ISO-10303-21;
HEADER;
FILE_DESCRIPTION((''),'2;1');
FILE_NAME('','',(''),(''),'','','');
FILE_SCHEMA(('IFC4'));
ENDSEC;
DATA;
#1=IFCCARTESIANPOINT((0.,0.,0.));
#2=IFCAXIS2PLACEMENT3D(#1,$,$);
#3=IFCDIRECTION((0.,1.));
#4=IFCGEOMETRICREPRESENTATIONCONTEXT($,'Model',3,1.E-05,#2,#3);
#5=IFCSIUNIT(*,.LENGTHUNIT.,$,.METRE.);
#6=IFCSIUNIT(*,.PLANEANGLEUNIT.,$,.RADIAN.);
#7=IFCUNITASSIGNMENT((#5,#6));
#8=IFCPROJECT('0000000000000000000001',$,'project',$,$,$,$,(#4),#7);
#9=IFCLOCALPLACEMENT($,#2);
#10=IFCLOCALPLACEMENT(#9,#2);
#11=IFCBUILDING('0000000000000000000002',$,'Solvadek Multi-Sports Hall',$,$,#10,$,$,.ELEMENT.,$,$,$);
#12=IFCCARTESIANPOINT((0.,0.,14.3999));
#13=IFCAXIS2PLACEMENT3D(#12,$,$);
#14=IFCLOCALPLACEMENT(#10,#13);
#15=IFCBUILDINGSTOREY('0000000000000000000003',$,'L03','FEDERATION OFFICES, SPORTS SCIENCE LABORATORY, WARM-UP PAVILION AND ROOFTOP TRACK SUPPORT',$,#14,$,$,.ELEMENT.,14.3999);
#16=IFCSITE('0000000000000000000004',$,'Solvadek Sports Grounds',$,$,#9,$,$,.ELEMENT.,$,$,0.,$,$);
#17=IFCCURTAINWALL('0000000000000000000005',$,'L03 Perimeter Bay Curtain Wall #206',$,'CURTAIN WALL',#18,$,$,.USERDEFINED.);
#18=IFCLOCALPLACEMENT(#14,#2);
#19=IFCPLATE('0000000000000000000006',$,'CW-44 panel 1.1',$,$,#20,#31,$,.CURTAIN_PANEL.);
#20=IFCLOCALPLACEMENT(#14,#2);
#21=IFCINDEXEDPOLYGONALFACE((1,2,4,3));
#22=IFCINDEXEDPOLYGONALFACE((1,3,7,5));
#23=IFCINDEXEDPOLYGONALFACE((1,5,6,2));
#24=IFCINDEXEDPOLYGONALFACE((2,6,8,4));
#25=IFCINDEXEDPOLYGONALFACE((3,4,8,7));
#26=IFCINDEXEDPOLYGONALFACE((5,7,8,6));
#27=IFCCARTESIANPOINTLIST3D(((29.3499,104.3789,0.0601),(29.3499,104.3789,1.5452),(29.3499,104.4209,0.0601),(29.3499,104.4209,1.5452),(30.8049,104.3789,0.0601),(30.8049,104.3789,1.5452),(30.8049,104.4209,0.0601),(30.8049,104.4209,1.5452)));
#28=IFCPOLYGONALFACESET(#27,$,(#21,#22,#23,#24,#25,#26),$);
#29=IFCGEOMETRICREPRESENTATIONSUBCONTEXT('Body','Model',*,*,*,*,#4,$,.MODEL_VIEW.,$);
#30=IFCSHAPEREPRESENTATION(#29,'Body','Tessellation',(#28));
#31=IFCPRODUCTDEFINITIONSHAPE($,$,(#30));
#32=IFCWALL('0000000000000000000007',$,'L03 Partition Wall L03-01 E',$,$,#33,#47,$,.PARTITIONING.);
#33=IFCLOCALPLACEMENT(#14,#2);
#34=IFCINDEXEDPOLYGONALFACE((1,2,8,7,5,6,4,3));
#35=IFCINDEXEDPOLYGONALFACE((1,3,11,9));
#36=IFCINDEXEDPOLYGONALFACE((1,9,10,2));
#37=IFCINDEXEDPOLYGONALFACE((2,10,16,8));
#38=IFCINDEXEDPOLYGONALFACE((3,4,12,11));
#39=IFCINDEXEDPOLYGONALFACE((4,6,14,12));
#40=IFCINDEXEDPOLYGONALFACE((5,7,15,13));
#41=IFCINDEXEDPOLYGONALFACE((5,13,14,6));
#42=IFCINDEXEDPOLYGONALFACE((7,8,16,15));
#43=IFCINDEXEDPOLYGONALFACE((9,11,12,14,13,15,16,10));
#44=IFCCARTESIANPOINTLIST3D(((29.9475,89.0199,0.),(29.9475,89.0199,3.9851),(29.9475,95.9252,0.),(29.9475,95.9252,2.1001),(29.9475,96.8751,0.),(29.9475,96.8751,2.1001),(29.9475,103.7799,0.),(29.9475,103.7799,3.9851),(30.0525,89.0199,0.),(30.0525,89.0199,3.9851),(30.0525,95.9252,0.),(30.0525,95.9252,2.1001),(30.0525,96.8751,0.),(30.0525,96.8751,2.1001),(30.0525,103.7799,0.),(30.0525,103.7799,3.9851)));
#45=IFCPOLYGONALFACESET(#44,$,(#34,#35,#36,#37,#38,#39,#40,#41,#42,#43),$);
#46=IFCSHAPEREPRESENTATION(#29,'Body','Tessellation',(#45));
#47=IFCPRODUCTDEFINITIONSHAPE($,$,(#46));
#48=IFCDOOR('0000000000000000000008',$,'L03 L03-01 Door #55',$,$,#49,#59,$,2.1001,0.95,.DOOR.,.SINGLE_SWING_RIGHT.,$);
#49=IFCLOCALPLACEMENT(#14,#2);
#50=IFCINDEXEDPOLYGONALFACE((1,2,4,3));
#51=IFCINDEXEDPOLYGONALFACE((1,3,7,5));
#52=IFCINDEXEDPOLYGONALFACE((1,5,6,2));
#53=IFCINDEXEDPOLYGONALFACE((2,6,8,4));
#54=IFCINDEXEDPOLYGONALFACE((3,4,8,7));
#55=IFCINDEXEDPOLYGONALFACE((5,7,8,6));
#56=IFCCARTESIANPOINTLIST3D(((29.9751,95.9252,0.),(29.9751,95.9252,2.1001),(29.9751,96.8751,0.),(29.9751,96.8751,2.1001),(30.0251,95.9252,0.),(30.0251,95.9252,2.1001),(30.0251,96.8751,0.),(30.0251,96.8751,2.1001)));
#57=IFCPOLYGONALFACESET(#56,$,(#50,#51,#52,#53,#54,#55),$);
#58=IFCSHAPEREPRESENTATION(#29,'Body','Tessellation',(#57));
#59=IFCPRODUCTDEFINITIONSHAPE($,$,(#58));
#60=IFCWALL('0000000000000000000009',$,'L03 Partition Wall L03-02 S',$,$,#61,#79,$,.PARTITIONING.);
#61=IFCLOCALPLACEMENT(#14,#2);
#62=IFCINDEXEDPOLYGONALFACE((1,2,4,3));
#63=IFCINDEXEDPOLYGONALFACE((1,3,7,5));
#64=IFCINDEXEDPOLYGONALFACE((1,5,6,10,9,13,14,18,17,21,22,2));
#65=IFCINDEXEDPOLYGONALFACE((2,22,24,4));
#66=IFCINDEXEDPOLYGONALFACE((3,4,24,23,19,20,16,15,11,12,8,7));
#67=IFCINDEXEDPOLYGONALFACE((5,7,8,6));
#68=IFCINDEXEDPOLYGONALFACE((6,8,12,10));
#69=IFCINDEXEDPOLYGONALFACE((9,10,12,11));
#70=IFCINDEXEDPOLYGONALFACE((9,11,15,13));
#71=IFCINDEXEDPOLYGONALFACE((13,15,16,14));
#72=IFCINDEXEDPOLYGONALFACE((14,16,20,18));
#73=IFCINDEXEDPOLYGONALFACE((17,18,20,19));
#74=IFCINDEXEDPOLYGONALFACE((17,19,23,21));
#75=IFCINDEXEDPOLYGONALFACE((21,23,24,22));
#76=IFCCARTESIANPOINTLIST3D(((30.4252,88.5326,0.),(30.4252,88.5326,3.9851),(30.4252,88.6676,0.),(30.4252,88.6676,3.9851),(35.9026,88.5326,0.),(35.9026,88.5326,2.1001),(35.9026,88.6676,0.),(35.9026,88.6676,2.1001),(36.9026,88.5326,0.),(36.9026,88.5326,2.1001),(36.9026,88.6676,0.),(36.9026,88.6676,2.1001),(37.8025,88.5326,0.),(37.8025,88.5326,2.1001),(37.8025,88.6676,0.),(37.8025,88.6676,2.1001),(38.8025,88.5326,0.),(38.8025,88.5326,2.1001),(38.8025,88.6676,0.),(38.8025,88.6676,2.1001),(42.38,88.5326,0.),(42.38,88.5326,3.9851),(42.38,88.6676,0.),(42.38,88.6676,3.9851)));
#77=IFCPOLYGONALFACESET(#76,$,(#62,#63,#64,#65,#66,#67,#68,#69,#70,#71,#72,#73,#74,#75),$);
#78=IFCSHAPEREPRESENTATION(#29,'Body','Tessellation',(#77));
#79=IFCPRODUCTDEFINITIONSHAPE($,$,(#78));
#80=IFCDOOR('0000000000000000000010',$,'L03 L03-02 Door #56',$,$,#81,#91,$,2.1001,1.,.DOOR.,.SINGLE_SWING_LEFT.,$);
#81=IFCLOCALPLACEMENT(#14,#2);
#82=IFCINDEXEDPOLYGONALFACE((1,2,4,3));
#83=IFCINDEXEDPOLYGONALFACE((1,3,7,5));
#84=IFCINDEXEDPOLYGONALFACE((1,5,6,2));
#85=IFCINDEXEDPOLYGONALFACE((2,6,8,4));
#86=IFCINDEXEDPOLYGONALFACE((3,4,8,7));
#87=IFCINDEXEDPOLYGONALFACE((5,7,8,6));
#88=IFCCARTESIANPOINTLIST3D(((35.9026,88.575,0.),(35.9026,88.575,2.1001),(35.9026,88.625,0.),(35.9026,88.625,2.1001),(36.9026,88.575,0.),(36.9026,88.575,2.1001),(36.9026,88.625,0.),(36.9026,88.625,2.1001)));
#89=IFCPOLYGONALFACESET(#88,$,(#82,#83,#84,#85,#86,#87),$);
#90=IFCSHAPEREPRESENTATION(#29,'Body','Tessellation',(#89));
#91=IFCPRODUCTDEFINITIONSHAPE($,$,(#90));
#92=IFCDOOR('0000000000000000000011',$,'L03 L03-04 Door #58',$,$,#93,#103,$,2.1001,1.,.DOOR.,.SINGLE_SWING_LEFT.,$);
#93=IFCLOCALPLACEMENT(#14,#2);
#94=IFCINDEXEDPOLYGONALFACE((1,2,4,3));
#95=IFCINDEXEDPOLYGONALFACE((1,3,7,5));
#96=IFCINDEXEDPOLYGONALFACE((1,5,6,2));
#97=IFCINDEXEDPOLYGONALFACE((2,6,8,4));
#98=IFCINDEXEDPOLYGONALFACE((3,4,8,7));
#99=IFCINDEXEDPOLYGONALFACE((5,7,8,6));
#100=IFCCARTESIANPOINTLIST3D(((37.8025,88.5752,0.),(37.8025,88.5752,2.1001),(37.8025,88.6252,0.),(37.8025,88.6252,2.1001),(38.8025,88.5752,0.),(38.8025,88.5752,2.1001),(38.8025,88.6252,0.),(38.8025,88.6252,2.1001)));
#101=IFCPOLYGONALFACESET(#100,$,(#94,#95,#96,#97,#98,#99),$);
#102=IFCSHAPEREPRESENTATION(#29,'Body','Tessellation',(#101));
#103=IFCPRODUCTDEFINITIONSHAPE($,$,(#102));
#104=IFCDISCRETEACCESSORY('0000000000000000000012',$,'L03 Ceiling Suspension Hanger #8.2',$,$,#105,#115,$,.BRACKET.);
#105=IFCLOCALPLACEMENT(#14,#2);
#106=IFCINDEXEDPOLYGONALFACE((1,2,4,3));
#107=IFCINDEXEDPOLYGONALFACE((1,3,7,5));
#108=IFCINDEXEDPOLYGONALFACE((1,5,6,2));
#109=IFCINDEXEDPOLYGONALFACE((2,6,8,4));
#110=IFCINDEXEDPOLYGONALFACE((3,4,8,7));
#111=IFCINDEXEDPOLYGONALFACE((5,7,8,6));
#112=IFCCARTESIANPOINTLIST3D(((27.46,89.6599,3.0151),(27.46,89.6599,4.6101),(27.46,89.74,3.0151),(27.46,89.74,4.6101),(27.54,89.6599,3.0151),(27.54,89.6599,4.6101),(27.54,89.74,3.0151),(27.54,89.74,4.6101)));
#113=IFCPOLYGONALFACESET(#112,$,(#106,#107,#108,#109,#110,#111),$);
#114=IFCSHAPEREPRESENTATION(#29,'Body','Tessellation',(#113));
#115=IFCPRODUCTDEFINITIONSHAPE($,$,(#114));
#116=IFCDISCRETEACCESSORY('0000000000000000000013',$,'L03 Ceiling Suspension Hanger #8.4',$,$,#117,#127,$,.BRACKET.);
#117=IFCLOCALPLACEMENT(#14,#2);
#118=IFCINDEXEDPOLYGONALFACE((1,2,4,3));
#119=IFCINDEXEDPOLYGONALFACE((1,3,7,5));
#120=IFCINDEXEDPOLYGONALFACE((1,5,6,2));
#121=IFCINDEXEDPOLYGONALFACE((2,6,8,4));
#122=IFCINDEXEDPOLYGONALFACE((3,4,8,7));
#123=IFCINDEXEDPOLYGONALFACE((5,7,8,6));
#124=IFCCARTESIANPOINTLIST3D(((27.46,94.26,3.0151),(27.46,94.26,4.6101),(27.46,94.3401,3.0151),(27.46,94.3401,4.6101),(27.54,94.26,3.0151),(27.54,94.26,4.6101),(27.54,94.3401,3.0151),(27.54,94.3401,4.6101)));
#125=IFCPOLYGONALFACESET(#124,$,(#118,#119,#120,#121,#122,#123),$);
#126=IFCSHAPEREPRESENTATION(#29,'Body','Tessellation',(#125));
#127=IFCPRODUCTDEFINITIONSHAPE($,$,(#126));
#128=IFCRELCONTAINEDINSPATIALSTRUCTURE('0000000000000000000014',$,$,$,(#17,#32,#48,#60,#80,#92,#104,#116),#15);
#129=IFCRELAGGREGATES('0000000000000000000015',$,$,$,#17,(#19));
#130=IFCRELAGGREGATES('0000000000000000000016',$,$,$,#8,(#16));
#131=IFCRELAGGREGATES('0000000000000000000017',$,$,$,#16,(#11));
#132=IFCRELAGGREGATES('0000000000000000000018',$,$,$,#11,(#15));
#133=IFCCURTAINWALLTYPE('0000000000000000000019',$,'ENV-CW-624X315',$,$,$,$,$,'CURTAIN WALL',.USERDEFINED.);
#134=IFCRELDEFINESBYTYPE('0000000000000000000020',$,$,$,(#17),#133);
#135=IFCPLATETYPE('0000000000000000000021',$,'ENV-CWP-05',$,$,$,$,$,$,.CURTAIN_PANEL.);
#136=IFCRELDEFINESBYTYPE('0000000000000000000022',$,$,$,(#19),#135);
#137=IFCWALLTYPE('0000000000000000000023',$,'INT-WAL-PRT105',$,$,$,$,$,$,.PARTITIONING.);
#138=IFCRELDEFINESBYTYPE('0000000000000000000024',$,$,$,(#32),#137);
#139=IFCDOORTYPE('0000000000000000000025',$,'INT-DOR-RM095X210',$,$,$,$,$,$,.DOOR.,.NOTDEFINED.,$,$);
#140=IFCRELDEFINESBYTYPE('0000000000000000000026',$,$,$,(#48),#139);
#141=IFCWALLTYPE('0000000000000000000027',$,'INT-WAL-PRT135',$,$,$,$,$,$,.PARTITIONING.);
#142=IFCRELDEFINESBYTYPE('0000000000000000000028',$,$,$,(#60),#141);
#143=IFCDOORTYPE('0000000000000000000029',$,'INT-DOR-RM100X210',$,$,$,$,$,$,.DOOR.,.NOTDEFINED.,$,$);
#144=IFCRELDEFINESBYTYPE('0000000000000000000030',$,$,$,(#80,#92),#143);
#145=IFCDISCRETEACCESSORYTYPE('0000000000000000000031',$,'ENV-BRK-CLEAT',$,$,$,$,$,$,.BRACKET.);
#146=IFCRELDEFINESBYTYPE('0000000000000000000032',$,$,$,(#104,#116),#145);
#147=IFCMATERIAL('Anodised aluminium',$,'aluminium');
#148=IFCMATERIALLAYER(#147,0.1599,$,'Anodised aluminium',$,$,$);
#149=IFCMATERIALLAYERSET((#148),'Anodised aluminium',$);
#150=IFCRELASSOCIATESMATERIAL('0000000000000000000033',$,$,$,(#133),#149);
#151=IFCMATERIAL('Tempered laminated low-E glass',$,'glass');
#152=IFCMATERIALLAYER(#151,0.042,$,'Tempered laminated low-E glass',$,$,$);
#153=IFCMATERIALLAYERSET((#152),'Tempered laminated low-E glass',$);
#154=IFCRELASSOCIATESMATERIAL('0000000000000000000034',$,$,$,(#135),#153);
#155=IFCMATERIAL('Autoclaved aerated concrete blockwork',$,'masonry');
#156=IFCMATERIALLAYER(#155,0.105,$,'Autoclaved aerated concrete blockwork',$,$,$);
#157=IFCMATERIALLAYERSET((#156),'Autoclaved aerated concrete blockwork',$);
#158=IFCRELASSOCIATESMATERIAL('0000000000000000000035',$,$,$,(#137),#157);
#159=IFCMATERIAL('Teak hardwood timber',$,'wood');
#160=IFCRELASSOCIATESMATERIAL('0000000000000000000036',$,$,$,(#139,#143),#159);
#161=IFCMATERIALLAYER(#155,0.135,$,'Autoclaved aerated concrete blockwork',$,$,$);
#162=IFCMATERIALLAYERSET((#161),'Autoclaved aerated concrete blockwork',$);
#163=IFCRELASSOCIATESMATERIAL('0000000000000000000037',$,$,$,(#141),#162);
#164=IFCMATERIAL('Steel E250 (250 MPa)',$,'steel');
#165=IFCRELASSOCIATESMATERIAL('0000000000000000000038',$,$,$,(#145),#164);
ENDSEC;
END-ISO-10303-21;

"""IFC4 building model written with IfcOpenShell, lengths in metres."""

from ifc_helpers import new_model, si_unit, direction, frame, frame_2d, origin, origin_2d, place, context, subcontext, project, spatial, rectangle, extrude, material, layer, layer_set, type_object, element, fill, aggregate, save


model = new_model("IFC4")

# Units and contexts
model_context = context("Model", 3, precision=1e-05, world=origin(), true_north=direction((0.0, 1.0)))
body_context = subcontext(model_context, "Body", "Model", "MODEL_VIEW")
ifc_project = project(units=[si_unit("LENGTHUNIT", "METRE"), si_unit("PLANEANGLEUNIT", "RADIAN")], contexts=[model_context])

# Site, building, storey
site_placement = place(None, origin())
site = spatial("IfcSite", under=ifc_project, at=site_placement, Name="Solvadek Sports Grounds", CompositionType="ELEMENT", RefElevation=0.0)
building_placement = place(site_placement, origin())
building = spatial("IfcBuilding", under=site, at=building_placement, Name="Solvadek Multi-Sports Hall", CompositionType="ELEMENT")
storey_placement = place(building_placement, frame((0.0, 0.0, 14.3999)))
storey = spatial("IfcBuildingStorey", under=building, at=storey_placement, Name="L03", Description="FEDERATION OFFICES, SPORTS SCIENCE LABORATORY, WARM-UP PAVILION AND ROOFTOP TRACK SUPPORT", CompositionType="ELEMENT", Elevation=14.3999)

# Curtain wall
ifc_material_1 = material(Name="Anodised aluminium", Category="aluminium")
ifc_layer_1 = layer(ifc_material_1, 0.1599, Name="Anodised aluminium")
ifc_layer_set_1 = layer_set([ifc_layer_1], Name="Anodised aluminium")
curtain_wall_type = type_object("IfcCurtainWallType", Name="ENV-CW-624X315", ElementType="CURTAIN WALL", PredefinedType="USERDEFINED", material=ifc_layer_set_1)
curtain_wall_placement = place(storey_placement, origin())
curtain_wall = element("IfcCurtainWall", 1, at=curtain_wall_placement, inside=storey, type_object=curtain_wall_type, Name="L03 Perimeter Bay Curtain Wall #206", ObjectType="CURTAIN WALL", PredefinedType="USERDEFINED")

# Plate
ifc_material_2 = material(Name="Tempered laminated low-E glass", Category="glass")
ifc_layer_2 = layer(ifc_material_2, 0.042, Name="Tempered laminated low-E glass")
ifc_layer_set_2 = layer_set([ifc_layer_2], Name="Tempered laminated low-E glass")
plate_type = type_object("IfcPlateType", Name="ENV-CWP-05", PredefinedType="CURTAIN_PANEL", material=ifc_layer_set_2)
plate_placement = place(storey_placement, frame((30.0774, 104.3999, 0.0601), z_axis=(0.0, 0.0, 1.0), x_axis=(1.0, 0.0, 0.0)))
plate = element("IfcPlate", 2, at=plate_placement, type_object=plate_type, Name="CW-44 panel 1.1", PredefinedType="CURTAIN_PANEL", context=body_context, shape_type="SweptSolid", body=[
    extrude(rectangle(XDim=1.4551, YDim=0.042, at=origin_2d()), origin(), (0.0, 0.0, 1.0), 1.4851),
])
aggregate(curtain_wall, [plate])

# Wall, opening, door
ifc_material_3 = material(Name="Autoclaved aerated concrete blockwork", Category="masonry")
ifc_layer_3 = layer(ifc_material_3, 0.105, Name="Autoclaved aerated concrete blockwork")
ifc_layer_set_3 = layer_set([ifc_layer_3], Name="Autoclaved aerated concrete blockwork")
wall_type_1 = type_object("IfcWallType", Name="INT-WAL-PRT105", PredefinedType="PARTITIONING", material=ifc_layer_set_3)
wall_1_placement = place(storey_placement, frame((30.0, 89.02, 0.0), z_axis=(0.0, 0.0, 1.0), x_axis=(0.0, 1.0, 0.0)))
wall_1 = element("IfcWall", 3, at=wall_1_placement, inside=storey, type_object=wall_type_1, Name="L03 Partition Wall L03-01 E", PredefinedType="PARTITIONING", context=body_context, shape_type="SweptSolid", body=[
    extrude(rectangle(XDim=14.76, YDim=0.105, at=frame_2d((7.3799, 0.0))), origin(), (0.0, 0.0, 1.0), 3.9851),
])
opening_1_placement = place(wall_1_placement, frame((6.905, 0.0, 0.0)))
opening_1 = element("IfcOpeningElement", 4, at=opening_1_placement, cuts=wall_1, PredefinedType="OPENING", context=body_context, shape_type="SweptSolid", body=[
    extrude(rectangle(XDim=0.95, YDim=2.1001, at=frame_2d((0.4751, 1.05))), frame((0.0, 0.0625, 0.0), z_axis=(0.0, -1.0, 0.0), x_axis=(1.0, 0.0, 0.0)), (0.0, 0.0, 1.0), 0.125),
])
ifc_material_4 = material(Name="Teak hardwood timber", Category="wood")
door_type_1 = type_object("IfcDoorType", Name="INT-DOR-RM095X210", OperationType="NOTDEFINED", PredefinedType="DOOR", material=ifc_material_4)
door_1_placement = place(opening_1_placement, origin())
door_1 = element("IfcDoor", 5, at=door_1_placement, inside=storey, type_object=door_type_1, Name="L03 L03-01 Door #55", OperationType="SINGLE_SWING_RIGHT", OverallHeight=2.1001, OverallWidth=0.95, PredefinedType="DOOR", context=body_context, shape_type="SweptSolid", body=[
    extrude(rectangle(XDim=0.95, YDim=2.1001, at=frame_2d((0.4751, 1.05))), frame((0.0, 0.0249, 0.0), z_axis=(0.0, -1.0, 0.0), x_axis=(1.0, 0.0, 0.0)), (0.0, 0.0, 1.0), 0.05),
])
fill(opening_1, door_1)

# Wall, openings, doors
ifc_layer_4 = layer(ifc_material_3, 0.135, Name="Autoclaved aerated concrete blockwork")
ifc_layer_set_4 = layer_set([ifc_layer_4], Name="Autoclaved aerated concrete blockwork")
wall_type_2 = type_object("IfcWallType", Name="INT-WAL-PRT135", PredefinedType="PARTITIONING", material=ifc_layer_set_4)
wall_2_placement = place(storey_placement, frame((30.425, 88.6001, 0.0), z_axis=(0.0, 0.0, 1.0), x_axis=(1.0, 0.0, 0.0)))
wall_2 = element("IfcWall", 6, at=wall_2_placement, inside=storey, type_object=wall_type_2, Name="L03 Partition Wall L03-02 S", PredefinedType="PARTITIONING", context=body_context, shape_type="SweptSolid", body=[
    extrude(rectangle(XDim=11.9548, YDim=0.135, at=frame_2d((5.9775, 0.0))), origin(), (0.0, 0.0, 1.0), 3.9851),
])
opening_2_placement = place(wall_2_placement, frame((5.4775, 0.0, 0.0)))
opening_2 = element("IfcOpeningElement", 7, at=opening_2_placement, cuts=wall_2, PredefinedType="OPENING", context=body_context, shape_type="SweptSolid", body=[
    extrude(rectangle(XDim=1.0, YDim=2.1001, at=frame_2d((0.5, 1.05))), frame((0.0, 0.0774, 0.0), z_axis=(0.0, -1.0, 0.0), x_axis=(1.0, 0.0, 0.0)), (0.0, 0.0, 1.0), 0.155),
])
opening_3_placement = place(wall_2_placement, frame((7.3774, 0.0, 0.0)))
opening_3 = element("IfcOpeningElement", 8, at=opening_3_placement, cuts=wall_2, PredefinedType="OPENING", context=body_context, shape_type="SweptSolid", body=[
    extrude(rectangle(XDim=1.0, YDim=2.1001, at=frame_2d((0.5, 1.05))), frame((0.0, 0.0774, 0.0), z_axis=(0.0, -1.0, 0.0), x_axis=(1.0, 0.0, 0.0)), (0.0, 0.0, 1.0), 0.155),
])
door_type_2 = type_object("IfcDoorType", Name="INT-DOR-RM100X210", OperationType="NOTDEFINED", PredefinedType="DOOR", material=ifc_material_4)
door_2_placement = place(opening_2_placement, origin())
door_2 = element("IfcDoor", 9, at=door_2_placement, inside=storey, type_object=door_type_2, Name="L03 L03-02 Door #56", OperationType="SINGLE_SWING_LEFT", OverallHeight=2.1001, OverallWidth=1.0, PredefinedType="DOOR", context=body_context, shape_type="SweptSolid", body=[
    extrude(rectangle(XDim=1.0, YDim=2.1001, at=frame_2d((0.5, 1.05))), frame((0.0, 0.0249, 0.0), z_axis=(0.0, -1.0, 0.0), x_axis=(1.0, 0.0, 0.0)), (0.0, 0.0, 1.0), 0.05),
])
fill(opening_2, door_2)
door_3_placement = place(opening_3_placement, frame((1.0, 0.0, 0.0), z_axis=(0.0, 0.0, 1.0), x_axis=(-1.0, 0.0, 0.0)))
door_3 = element("IfcDoor", 10, at=door_3_placement, inside=storey, type_object=door_type_2, Name="L03 L03-04 Door #58", OperationType="SINGLE_SWING_LEFT", OverallHeight=2.1001, OverallWidth=1.0, PredefinedType="DOOR", context=body_context, shape_type="SweptSolid", body=[
    extrude(rectangle(XDim=1.0, YDim=2.1001, at=frame_2d((0.5, 1.05))), frame((0.0, 0.0249, 0.0), z_axis=(0.0, -1.0, 0.0), x_axis=(1.0, 0.0, 0.0)), (0.0, 0.0, 1.0), 0.05),
])
fill(opening_3, door_3)

# Discrete accessories
ifc_material_5 = material(Name="Steel E250 (250 MPa)", Category="steel")
discrete_accessory_type = type_object("IfcDiscreteAccessoryType", Name="ENV-BRK-CLEAT", PredefinedType="BRACKET", material=ifc_material_5)
for number, where, z_axis, x_axis, name in (
    (11, (27.5, 89.7, 3.0151), (0.0, 0.0, 1.0), (1.0, 0.0, 0.0), "L03 Ceiling Suspension Hanger #8.2"),
    (12, (27.5, 94.3, 3.0151), (0.0, 0.0, 1.0), (1.0, 0.0, 0.0), "L03 Ceiling Suspension Hanger #8.4"),
):
    element("IfcDiscreteAccessory", number, at=place(storey_placement, frame(where, z_axis=z_axis, x_axis=x_axis)), inside=storey, type_object=discrete_accessory_type, Name=name, PredefinedType="BRACKET", context=body_context, shape_type="SweptSolid", body=[
        extrude(rectangle(XDim=0.0801, YDim=0.0801, at=origin_2d()), origin(), (0.0, 0.0, 1.0), 1.595),
    ])

save(model, "model.ifc")
